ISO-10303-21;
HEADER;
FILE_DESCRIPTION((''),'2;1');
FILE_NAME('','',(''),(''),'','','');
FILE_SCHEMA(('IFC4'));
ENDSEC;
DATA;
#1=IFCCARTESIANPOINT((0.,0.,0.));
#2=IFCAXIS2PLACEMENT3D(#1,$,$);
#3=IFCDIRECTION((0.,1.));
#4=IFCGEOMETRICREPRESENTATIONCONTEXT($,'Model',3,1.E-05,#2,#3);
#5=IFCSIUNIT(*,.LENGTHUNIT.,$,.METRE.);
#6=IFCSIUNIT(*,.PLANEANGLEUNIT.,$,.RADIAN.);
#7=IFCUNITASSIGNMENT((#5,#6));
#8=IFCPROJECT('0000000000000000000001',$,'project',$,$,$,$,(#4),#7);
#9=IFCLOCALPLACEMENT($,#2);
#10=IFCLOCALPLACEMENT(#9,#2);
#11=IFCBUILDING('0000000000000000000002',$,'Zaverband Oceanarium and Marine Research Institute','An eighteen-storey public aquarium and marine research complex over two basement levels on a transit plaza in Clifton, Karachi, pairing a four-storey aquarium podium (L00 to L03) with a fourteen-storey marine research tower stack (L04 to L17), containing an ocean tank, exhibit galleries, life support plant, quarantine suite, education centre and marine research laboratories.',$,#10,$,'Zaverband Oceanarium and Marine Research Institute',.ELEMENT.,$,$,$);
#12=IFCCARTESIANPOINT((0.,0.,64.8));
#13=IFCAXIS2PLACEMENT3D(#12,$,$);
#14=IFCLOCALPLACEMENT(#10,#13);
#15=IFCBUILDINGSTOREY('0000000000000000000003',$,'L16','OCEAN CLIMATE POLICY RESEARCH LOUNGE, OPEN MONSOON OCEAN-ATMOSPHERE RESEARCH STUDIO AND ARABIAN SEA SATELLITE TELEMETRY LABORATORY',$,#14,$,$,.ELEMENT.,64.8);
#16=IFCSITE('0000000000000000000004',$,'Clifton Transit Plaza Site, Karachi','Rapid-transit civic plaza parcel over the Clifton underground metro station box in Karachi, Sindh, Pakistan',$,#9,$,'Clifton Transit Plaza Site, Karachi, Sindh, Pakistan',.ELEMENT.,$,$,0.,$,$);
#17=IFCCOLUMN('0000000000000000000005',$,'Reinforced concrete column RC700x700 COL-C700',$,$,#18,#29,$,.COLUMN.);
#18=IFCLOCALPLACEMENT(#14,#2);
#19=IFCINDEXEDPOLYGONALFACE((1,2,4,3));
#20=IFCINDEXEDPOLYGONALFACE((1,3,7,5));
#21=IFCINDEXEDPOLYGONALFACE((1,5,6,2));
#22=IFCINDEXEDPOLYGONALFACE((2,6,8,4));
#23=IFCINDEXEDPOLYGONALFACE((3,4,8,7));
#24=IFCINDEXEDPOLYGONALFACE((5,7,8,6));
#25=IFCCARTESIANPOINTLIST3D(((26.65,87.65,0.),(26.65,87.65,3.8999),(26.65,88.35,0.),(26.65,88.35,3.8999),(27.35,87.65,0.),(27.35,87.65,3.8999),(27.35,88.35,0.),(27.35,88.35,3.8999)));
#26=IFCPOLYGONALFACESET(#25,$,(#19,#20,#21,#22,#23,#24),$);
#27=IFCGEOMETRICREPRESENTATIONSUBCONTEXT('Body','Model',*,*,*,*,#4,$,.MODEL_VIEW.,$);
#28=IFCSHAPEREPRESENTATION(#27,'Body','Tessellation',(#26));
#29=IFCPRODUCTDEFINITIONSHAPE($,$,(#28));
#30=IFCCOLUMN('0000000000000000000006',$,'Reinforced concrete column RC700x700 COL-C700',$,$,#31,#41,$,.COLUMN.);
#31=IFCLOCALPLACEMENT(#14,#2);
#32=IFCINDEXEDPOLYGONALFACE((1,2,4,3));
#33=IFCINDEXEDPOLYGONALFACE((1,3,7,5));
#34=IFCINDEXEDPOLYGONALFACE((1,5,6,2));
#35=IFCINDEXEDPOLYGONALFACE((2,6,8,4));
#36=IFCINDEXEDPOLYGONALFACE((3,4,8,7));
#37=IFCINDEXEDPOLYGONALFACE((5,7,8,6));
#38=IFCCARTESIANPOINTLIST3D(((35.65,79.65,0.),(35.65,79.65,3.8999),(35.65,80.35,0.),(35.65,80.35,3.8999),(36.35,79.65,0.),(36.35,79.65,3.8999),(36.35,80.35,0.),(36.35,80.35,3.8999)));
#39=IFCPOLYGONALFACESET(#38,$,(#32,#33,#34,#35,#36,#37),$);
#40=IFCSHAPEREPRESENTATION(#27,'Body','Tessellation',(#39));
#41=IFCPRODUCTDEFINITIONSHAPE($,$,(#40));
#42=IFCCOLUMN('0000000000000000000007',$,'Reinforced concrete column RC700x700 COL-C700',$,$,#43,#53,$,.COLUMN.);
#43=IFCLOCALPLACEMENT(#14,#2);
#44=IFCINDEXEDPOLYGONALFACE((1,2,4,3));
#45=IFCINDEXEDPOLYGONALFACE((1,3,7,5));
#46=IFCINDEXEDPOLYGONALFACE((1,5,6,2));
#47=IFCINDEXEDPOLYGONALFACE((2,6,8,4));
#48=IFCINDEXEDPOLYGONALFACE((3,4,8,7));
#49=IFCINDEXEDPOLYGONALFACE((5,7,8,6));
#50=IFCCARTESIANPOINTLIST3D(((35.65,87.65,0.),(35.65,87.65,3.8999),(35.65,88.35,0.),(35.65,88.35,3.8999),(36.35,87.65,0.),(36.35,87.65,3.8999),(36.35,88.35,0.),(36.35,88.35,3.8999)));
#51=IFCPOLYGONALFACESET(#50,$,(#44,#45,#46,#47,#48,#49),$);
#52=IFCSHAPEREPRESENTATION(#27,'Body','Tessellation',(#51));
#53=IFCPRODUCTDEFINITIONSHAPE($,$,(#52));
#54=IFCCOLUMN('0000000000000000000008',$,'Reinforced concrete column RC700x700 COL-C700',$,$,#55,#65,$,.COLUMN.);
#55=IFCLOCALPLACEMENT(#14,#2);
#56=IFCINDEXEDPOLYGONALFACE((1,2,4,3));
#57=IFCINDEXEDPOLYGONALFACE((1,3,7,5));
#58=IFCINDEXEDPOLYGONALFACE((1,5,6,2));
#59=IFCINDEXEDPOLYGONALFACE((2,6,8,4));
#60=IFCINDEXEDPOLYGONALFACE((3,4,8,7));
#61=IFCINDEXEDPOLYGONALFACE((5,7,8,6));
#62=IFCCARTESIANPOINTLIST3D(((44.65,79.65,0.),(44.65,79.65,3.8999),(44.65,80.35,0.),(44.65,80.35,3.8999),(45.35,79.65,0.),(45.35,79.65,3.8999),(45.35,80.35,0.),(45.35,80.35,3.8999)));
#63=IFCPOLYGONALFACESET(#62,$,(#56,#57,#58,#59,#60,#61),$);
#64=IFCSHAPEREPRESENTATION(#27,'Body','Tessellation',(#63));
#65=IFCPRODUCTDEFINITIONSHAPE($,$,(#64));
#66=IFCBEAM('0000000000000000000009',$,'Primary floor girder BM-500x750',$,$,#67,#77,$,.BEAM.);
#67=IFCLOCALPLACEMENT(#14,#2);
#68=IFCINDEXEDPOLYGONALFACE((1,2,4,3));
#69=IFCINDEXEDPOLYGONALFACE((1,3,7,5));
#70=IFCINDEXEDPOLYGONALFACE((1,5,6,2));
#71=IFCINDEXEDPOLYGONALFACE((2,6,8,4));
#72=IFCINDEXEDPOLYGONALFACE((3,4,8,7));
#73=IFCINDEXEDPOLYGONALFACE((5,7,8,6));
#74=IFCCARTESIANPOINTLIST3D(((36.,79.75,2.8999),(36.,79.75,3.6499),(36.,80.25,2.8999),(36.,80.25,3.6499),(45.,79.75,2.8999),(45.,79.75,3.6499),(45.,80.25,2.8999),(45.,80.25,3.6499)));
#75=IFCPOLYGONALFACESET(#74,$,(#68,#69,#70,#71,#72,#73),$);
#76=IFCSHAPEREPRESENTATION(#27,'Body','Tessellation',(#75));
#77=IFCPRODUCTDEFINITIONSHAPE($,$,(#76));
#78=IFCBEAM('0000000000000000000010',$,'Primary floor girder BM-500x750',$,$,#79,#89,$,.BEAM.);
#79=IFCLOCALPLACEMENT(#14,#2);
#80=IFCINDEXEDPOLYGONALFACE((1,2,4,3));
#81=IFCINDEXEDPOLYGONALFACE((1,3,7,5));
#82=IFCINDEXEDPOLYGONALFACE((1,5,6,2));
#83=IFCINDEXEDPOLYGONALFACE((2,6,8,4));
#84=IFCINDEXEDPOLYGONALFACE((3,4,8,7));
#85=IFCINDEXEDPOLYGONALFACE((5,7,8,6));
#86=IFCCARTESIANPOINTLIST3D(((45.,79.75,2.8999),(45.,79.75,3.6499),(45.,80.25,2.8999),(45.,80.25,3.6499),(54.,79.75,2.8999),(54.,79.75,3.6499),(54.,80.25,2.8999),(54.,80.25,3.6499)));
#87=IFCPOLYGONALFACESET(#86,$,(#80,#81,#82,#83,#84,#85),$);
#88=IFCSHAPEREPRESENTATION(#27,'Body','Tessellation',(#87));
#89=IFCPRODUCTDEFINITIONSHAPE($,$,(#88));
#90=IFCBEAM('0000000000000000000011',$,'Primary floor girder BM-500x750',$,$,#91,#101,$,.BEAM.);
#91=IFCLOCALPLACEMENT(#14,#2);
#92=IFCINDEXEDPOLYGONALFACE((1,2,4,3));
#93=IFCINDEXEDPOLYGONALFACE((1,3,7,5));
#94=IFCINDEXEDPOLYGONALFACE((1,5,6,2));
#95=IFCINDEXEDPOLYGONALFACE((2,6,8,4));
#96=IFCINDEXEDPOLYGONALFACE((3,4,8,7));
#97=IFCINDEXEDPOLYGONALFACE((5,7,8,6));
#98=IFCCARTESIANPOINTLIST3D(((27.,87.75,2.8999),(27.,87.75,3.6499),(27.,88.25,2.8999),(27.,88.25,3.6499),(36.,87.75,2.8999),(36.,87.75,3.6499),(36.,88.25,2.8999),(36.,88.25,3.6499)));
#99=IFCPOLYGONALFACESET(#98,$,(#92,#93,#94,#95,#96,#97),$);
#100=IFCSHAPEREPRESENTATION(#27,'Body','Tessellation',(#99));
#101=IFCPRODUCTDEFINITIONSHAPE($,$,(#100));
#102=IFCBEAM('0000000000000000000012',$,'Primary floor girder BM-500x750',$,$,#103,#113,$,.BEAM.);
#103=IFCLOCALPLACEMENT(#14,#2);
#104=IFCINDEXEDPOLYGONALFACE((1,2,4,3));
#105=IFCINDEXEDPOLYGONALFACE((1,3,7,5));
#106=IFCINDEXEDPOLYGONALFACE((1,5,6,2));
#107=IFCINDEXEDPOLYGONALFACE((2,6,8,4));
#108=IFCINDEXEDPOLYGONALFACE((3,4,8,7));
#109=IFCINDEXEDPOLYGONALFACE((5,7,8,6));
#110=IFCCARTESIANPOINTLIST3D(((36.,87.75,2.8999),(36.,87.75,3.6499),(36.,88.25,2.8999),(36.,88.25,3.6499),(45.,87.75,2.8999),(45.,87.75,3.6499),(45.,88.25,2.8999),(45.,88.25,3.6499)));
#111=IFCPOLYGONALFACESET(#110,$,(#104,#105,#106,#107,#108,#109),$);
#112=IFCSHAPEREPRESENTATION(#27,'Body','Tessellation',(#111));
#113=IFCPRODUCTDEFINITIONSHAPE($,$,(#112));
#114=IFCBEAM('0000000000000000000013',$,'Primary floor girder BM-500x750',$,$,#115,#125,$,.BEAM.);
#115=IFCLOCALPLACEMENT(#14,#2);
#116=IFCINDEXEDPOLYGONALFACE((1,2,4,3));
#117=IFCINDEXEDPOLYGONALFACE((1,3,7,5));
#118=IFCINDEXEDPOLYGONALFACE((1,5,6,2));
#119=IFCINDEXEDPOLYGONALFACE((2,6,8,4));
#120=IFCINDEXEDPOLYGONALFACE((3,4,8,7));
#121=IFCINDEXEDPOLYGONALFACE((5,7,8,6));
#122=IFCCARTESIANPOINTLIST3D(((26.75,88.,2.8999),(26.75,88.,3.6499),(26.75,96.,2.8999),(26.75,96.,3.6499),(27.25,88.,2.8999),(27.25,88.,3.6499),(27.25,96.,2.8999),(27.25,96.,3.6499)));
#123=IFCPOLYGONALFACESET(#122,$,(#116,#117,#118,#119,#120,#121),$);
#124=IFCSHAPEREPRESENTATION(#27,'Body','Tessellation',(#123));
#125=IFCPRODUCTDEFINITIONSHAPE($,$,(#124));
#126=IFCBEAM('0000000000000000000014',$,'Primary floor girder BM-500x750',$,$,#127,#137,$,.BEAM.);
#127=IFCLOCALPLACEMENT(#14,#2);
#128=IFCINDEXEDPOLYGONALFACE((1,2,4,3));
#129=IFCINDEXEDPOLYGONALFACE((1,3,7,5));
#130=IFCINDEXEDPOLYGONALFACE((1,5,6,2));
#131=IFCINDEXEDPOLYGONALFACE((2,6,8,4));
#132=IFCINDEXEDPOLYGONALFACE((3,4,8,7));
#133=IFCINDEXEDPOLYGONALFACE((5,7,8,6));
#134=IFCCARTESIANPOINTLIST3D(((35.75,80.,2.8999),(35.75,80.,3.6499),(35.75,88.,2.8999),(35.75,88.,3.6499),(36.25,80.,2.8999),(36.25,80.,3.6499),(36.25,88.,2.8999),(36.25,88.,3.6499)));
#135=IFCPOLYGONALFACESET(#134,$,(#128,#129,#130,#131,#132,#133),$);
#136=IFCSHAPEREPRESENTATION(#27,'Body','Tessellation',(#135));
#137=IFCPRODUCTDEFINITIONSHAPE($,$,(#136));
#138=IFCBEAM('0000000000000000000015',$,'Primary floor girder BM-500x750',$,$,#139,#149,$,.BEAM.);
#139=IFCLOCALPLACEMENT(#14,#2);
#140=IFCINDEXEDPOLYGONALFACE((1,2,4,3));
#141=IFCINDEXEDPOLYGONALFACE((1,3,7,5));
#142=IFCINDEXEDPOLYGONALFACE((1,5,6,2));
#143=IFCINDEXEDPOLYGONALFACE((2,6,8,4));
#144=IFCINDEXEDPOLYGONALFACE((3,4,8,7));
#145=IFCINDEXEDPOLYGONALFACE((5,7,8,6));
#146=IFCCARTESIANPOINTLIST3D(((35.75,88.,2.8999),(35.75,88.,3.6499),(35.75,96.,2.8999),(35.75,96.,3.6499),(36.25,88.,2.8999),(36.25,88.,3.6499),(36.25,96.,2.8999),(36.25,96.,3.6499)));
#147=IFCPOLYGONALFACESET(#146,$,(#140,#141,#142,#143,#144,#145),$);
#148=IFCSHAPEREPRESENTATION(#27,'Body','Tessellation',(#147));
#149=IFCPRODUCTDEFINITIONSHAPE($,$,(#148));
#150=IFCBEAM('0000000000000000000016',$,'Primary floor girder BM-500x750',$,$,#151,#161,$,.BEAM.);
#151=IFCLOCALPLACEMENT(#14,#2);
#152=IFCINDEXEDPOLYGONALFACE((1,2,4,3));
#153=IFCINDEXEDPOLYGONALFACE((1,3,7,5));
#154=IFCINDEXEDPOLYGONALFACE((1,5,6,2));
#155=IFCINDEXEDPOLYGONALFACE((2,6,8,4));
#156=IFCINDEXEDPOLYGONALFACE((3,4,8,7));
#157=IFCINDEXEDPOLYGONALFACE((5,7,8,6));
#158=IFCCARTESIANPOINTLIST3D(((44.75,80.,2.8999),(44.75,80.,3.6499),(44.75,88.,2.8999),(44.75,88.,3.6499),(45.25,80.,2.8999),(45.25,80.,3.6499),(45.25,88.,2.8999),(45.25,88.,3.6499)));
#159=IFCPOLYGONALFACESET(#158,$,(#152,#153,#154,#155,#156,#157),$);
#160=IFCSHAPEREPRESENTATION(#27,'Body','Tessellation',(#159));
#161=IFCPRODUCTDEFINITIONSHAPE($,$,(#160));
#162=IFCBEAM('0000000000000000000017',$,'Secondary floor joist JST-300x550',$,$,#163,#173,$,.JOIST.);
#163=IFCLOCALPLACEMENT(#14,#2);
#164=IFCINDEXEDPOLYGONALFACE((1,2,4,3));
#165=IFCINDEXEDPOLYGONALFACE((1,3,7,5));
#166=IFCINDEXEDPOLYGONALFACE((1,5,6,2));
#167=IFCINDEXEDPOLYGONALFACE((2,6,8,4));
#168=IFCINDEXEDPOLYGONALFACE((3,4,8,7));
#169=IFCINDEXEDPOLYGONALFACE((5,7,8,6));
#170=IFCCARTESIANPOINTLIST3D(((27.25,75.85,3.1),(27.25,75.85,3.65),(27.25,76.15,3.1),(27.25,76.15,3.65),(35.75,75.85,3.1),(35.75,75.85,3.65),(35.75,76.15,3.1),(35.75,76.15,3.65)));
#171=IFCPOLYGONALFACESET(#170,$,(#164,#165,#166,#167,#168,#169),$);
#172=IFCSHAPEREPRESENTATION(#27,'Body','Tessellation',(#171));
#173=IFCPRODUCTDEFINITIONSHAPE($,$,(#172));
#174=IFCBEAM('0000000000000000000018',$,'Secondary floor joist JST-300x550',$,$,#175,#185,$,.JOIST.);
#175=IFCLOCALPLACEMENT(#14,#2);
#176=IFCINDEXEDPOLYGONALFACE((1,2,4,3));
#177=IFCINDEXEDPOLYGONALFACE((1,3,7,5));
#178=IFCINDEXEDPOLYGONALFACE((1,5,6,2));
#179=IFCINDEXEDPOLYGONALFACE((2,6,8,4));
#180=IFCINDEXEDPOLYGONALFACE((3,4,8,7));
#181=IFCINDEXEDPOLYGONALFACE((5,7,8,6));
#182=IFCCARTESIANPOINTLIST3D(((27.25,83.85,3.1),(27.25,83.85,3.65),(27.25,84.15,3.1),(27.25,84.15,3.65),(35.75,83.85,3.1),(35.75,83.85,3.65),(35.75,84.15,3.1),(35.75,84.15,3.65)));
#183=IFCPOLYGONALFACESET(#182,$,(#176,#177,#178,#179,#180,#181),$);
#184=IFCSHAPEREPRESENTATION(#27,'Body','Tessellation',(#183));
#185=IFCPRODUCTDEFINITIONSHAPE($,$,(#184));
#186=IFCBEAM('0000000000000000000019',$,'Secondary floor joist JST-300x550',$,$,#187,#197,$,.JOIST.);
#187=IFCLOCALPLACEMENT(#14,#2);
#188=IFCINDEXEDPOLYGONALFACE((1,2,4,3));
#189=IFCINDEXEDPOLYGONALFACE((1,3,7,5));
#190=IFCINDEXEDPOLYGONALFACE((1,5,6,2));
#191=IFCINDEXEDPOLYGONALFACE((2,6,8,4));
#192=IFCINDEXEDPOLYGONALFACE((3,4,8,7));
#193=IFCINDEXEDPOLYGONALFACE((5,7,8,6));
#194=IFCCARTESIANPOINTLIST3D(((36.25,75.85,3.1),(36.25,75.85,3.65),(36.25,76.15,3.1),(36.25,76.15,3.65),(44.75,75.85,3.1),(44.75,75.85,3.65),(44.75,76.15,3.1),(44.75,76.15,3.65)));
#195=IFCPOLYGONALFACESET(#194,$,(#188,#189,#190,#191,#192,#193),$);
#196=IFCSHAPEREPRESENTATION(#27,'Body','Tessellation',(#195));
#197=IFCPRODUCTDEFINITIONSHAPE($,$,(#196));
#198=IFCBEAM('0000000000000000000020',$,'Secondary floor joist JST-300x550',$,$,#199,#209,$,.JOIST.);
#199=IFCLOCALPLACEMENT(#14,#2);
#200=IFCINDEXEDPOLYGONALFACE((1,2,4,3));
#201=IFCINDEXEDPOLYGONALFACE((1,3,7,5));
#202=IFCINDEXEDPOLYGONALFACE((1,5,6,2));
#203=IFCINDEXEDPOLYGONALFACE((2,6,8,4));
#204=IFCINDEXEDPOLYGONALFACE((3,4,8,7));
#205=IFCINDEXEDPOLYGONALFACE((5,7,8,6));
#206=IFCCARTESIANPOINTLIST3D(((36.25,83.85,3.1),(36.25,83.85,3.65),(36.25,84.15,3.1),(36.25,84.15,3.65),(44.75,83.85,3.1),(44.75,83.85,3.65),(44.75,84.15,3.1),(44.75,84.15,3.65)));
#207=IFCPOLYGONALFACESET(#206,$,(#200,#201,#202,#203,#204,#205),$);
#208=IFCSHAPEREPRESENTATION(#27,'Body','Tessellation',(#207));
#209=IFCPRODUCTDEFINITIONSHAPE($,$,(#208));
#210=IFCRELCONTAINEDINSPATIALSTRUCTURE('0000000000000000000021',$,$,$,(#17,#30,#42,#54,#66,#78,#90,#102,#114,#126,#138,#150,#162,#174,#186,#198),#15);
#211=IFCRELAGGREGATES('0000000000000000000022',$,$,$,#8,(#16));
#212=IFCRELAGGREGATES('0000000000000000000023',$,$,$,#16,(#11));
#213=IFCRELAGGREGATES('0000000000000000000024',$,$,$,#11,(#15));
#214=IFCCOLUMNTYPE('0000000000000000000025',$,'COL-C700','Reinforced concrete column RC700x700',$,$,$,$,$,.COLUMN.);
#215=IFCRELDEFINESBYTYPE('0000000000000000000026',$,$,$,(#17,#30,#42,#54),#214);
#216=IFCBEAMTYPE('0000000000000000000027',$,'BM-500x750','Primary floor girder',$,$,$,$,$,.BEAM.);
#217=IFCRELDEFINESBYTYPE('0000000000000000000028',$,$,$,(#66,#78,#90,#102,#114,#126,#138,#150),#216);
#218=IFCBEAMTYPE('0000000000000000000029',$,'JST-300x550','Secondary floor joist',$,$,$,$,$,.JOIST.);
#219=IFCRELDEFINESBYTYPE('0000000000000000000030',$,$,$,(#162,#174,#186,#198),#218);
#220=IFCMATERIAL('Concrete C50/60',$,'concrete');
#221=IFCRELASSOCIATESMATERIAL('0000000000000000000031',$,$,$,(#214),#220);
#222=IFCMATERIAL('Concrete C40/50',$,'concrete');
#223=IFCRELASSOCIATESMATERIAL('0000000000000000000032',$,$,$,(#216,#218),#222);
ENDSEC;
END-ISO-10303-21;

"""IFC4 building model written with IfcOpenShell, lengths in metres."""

from ifc_helpers import new_model, si_unit, direction, frame, origin, origin_2d, place, context, subcontext, project, spatial, rectangle, extrude, material, material_profile, profile_set, type_object, element, save


model = new_model("IFC4")

# Units and contexts
model_context = context("Model", 3, precision=1e-05, world=origin(), true_north=direction((0.0, 1.0)))
body_context = subcontext(model_context, "Body", "Model", "MODEL_VIEW")
ifc_project = project(units=[si_unit("LENGTHUNIT", "METRE"), si_unit("PLANEANGLEUNIT", "RADIAN")], contexts=[model_context])

# Site, building, storey
site_placement = place(None, origin())
site = spatial("IfcSite", under=ifc_project, at=site_placement, Name="Clifton Transit Plaza Site, Karachi", Description="Rapid-transit civic plaza parcel over the Clifton underground metro station box in Karachi, Sindh, Pakistan", LongName="Clifton Transit Plaza Site, Karachi, Sindh, Pakistan", CompositionType="ELEMENT", RefElevation=0.0)
building_placement = place(site_placement, origin())
building = spatial("IfcBuilding", under=site, at=building_placement, Name="Zaverband Oceanarium and Marine Research Institute", Description="An eighteen-storey public aquarium and marine research complex over two basement levels on a transit plaza in Clifton, Karachi, pairing a four-storey aquarium podium (L00 to L03) with a fourteen-storey marine research tower stack (L04 to L17), containing an ocean tank, exhibit galleries, life support plant, quarantine suite, education centre and marine research laboratories.", LongName="Zaverband Oceanarium and Marine Research Institute", CompositionType="ELEMENT")
storey_placement = place(building_placement, frame((0.0, 0.0, 64.8)))
storey = spatial("IfcBuildingStorey", under=building, at=storey_placement, Name="L16", Description="OCEAN CLIMATE POLICY RESEARCH LOUNGE, OPEN MONSOON OCEAN-ATMOSPHERE RESEARCH STUDIO AND ARABIAN SEA SATELLITE TELEMETRY LABORATORY", CompositionType="ELEMENT", Elevation=64.8)

# Columns
ifc_material_1 = material(Name="Concrete C50/60", Category="concrete")
ifc_material_profile_1 = material_profile(ifc_material_1, rectangle(XDim=0.7, YDim=0.7, at=origin_2d()), Name="RC700x700")
ifc_profile_set_1 = profile_set([ifc_material_profile_1], Name="Concrete C50/60")
column_type = type_object("IfcColumnType", Name="COL-C700", Description="Reinforced concrete column RC700x700", PredefinedType="COLUMN", material=ifc_profile_set_1)
for number, where, z_axis, x_axis, name in (
    (1, (27.0, 88.0, 0.0), (0.0, 0.0, 1.0), (1.0, 0.0, 0.0), "Reinforced concrete column RC700x700 COL-C700"),
    (2, (36.0, 80.0, 0.0), (0.0, 0.0, 1.0), (1.0, 0.0, 0.0), "Reinforced concrete column RC700x700 COL-C700"),
    (3, (36.0, 88.0, 0.0), (0.0, 0.0, 1.0), (1.0, 0.0, 0.0), "Reinforced concrete column RC700x700 COL-C700"),
    (4, (45.0, 80.0, 0.0), (0.0, 0.0, 1.0), (1.0, 0.0, 0.0), "Reinforced concrete column RC700x700 COL-C700"),
):
    element("IfcColumn", number, at=place(storey_placement, frame(where, z_axis=z_axis, x_axis=x_axis)), inside=storey, type_object=column_type, Name=name, PredefinedType="COLUMN", context=body_context, shape_type="SweptSolid", body=[
        extrude(rectangle(XDim=0.7, YDim=0.7, at=origin_2d()), origin(), (0.0, 0.0, 1.0), 3.8999),
    ])

# Beams
ifc_material_2 = material(Name="Concrete C40/50", Category="concrete")
ifc_material_profile_2 = material_profile(ifc_material_2, rectangle(XDim=0.5, YDim=0.75, at=origin_2d()), Name="RC500x750")
ifc_profile_set_2 = profile_set([ifc_material_profile_2], Name="Concrete C40/50")
beam_type_1 = type_object("IfcBeamType", Name="BM-500x750", Description="Primary floor girder", PredefinedType="BEAM", material=ifc_profile_set_2)
for number, where, z_axis, x_axis, name in (
    (5, (36.0, 80.0, 3.2749), (1.0, 0.0, 0.0), (0.0, 1.0, 0.0), "Primary floor girder BM-500x750"),
    (6, (45.0, 80.0, 3.2749), (1.0, 0.0, 0.0), (0.0, 1.0, 0.0), "Primary floor girder BM-500x750"),
    (7, (27.0, 88.0, 3.2749), (1.0, 0.0, 0.0), (0.0, 1.0, 0.0), "Primary floor girder BM-500x750"),
    (8, (36.0, 88.0, 3.2749), (1.0, 0.0, 0.0), (0.0, 1.0, 0.0), "Primary floor girder BM-500x750"),
):
    element("IfcBeam", number, at=place(storey_placement, frame(where, z_axis=z_axis, x_axis=x_axis)), inside=storey, type_object=beam_type_1, Name=name, PredefinedType="BEAM", context=body_context, shape_type="SweptSolid", body=[
        extrude(rectangle(XDim=0.5, YDim=0.75, at=origin_2d()), origin(), (0.0, 0.0, 1.0), 9.0),
    ])
for number, where, z_axis, x_axis, name in (
    (9, (27.0, 88.0, 3.2749), (0.0, 1.0, 0.0), (-1.0, 0.0, 0.0), "Primary floor girder BM-500x750"),
    (10, (36.0, 80.0, 3.2749), (0.0, 1.0, 0.0), (-1.0, 0.0, 0.0), "Primary floor girder BM-500x750"),
    (11, (36.0, 88.0, 3.2749), (0.0, 1.0, 0.0), (-1.0, 0.0, 0.0), "Primary floor girder BM-500x750"),
    (12, (45.0, 80.0, 3.2749), (0.0, 1.0, 0.0), (-1.0, 0.0, 0.0), "Primary floor girder BM-500x750"),
):
    element("IfcBeam", number, at=place(storey_placement, frame(where, z_axis=z_axis, x_axis=x_axis)), inside=storey, type_object=beam_type_1, Name=name, PredefinedType="BEAM", context=body_context, shape_type="SweptSolid", body=[
        extrude(rectangle(XDim=0.5, YDim=0.75, at=origin_2d()), origin(), (0.0, 0.0, 1.0), 8.0),
    ])
ifc_material_profile_3 = material_profile(ifc_material_2, rectangle(XDim=0.3, YDim=0.55, at=origin_2d()), Name="RC300x550")
ifc_profile_set_3 = profile_set([ifc_material_profile_3], Name="Concrete C40/50")
beam_type_2 = type_object("IfcBeamType", Name="JST-300x550", Description="Secondary floor joist", PredefinedType="JOIST", material=ifc_profile_set_3)
for number, where, z_axis, x_axis, name in (
    (13, (27.25, 76.0, 3.375), (1.0, 0.0, 0.0), (0.0, 1.0, 0.0), "Secondary floor joist JST-300x550"),
    (14, (27.25, 84.0, 3.375), (1.0, 0.0, 0.0), (0.0, 1.0, 0.0), "Secondary floor joist JST-300x550"),
    (15, (36.25, 76.0, 3.375), (1.0, 0.0, 0.0), (0.0, 1.0, 0.0), "Secondary floor joist JST-300x550"),
    (16, (36.25, 84.0, 3.375), (1.0, 0.0, 0.0), (0.0, 1.0, 0.0), "Secondary floor joist JST-300x550"),
):
    element("IfcBeam", number, at=place(storey_placement, frame(where, z_axis=z_axis, x_axis=x_axis)), inside=storey, type_object=beam_type_2, Name=name, PredefinedType="JOIST", context=body_context, shape_type="SweptSolid", body=[
        extrude(rectangle(XDim=0.3, YDim=0.55, at=origin_2d()), origin(), (0.0, 0.0, 1.0), 8.5),
    ])

save(model, "model.ifc")
